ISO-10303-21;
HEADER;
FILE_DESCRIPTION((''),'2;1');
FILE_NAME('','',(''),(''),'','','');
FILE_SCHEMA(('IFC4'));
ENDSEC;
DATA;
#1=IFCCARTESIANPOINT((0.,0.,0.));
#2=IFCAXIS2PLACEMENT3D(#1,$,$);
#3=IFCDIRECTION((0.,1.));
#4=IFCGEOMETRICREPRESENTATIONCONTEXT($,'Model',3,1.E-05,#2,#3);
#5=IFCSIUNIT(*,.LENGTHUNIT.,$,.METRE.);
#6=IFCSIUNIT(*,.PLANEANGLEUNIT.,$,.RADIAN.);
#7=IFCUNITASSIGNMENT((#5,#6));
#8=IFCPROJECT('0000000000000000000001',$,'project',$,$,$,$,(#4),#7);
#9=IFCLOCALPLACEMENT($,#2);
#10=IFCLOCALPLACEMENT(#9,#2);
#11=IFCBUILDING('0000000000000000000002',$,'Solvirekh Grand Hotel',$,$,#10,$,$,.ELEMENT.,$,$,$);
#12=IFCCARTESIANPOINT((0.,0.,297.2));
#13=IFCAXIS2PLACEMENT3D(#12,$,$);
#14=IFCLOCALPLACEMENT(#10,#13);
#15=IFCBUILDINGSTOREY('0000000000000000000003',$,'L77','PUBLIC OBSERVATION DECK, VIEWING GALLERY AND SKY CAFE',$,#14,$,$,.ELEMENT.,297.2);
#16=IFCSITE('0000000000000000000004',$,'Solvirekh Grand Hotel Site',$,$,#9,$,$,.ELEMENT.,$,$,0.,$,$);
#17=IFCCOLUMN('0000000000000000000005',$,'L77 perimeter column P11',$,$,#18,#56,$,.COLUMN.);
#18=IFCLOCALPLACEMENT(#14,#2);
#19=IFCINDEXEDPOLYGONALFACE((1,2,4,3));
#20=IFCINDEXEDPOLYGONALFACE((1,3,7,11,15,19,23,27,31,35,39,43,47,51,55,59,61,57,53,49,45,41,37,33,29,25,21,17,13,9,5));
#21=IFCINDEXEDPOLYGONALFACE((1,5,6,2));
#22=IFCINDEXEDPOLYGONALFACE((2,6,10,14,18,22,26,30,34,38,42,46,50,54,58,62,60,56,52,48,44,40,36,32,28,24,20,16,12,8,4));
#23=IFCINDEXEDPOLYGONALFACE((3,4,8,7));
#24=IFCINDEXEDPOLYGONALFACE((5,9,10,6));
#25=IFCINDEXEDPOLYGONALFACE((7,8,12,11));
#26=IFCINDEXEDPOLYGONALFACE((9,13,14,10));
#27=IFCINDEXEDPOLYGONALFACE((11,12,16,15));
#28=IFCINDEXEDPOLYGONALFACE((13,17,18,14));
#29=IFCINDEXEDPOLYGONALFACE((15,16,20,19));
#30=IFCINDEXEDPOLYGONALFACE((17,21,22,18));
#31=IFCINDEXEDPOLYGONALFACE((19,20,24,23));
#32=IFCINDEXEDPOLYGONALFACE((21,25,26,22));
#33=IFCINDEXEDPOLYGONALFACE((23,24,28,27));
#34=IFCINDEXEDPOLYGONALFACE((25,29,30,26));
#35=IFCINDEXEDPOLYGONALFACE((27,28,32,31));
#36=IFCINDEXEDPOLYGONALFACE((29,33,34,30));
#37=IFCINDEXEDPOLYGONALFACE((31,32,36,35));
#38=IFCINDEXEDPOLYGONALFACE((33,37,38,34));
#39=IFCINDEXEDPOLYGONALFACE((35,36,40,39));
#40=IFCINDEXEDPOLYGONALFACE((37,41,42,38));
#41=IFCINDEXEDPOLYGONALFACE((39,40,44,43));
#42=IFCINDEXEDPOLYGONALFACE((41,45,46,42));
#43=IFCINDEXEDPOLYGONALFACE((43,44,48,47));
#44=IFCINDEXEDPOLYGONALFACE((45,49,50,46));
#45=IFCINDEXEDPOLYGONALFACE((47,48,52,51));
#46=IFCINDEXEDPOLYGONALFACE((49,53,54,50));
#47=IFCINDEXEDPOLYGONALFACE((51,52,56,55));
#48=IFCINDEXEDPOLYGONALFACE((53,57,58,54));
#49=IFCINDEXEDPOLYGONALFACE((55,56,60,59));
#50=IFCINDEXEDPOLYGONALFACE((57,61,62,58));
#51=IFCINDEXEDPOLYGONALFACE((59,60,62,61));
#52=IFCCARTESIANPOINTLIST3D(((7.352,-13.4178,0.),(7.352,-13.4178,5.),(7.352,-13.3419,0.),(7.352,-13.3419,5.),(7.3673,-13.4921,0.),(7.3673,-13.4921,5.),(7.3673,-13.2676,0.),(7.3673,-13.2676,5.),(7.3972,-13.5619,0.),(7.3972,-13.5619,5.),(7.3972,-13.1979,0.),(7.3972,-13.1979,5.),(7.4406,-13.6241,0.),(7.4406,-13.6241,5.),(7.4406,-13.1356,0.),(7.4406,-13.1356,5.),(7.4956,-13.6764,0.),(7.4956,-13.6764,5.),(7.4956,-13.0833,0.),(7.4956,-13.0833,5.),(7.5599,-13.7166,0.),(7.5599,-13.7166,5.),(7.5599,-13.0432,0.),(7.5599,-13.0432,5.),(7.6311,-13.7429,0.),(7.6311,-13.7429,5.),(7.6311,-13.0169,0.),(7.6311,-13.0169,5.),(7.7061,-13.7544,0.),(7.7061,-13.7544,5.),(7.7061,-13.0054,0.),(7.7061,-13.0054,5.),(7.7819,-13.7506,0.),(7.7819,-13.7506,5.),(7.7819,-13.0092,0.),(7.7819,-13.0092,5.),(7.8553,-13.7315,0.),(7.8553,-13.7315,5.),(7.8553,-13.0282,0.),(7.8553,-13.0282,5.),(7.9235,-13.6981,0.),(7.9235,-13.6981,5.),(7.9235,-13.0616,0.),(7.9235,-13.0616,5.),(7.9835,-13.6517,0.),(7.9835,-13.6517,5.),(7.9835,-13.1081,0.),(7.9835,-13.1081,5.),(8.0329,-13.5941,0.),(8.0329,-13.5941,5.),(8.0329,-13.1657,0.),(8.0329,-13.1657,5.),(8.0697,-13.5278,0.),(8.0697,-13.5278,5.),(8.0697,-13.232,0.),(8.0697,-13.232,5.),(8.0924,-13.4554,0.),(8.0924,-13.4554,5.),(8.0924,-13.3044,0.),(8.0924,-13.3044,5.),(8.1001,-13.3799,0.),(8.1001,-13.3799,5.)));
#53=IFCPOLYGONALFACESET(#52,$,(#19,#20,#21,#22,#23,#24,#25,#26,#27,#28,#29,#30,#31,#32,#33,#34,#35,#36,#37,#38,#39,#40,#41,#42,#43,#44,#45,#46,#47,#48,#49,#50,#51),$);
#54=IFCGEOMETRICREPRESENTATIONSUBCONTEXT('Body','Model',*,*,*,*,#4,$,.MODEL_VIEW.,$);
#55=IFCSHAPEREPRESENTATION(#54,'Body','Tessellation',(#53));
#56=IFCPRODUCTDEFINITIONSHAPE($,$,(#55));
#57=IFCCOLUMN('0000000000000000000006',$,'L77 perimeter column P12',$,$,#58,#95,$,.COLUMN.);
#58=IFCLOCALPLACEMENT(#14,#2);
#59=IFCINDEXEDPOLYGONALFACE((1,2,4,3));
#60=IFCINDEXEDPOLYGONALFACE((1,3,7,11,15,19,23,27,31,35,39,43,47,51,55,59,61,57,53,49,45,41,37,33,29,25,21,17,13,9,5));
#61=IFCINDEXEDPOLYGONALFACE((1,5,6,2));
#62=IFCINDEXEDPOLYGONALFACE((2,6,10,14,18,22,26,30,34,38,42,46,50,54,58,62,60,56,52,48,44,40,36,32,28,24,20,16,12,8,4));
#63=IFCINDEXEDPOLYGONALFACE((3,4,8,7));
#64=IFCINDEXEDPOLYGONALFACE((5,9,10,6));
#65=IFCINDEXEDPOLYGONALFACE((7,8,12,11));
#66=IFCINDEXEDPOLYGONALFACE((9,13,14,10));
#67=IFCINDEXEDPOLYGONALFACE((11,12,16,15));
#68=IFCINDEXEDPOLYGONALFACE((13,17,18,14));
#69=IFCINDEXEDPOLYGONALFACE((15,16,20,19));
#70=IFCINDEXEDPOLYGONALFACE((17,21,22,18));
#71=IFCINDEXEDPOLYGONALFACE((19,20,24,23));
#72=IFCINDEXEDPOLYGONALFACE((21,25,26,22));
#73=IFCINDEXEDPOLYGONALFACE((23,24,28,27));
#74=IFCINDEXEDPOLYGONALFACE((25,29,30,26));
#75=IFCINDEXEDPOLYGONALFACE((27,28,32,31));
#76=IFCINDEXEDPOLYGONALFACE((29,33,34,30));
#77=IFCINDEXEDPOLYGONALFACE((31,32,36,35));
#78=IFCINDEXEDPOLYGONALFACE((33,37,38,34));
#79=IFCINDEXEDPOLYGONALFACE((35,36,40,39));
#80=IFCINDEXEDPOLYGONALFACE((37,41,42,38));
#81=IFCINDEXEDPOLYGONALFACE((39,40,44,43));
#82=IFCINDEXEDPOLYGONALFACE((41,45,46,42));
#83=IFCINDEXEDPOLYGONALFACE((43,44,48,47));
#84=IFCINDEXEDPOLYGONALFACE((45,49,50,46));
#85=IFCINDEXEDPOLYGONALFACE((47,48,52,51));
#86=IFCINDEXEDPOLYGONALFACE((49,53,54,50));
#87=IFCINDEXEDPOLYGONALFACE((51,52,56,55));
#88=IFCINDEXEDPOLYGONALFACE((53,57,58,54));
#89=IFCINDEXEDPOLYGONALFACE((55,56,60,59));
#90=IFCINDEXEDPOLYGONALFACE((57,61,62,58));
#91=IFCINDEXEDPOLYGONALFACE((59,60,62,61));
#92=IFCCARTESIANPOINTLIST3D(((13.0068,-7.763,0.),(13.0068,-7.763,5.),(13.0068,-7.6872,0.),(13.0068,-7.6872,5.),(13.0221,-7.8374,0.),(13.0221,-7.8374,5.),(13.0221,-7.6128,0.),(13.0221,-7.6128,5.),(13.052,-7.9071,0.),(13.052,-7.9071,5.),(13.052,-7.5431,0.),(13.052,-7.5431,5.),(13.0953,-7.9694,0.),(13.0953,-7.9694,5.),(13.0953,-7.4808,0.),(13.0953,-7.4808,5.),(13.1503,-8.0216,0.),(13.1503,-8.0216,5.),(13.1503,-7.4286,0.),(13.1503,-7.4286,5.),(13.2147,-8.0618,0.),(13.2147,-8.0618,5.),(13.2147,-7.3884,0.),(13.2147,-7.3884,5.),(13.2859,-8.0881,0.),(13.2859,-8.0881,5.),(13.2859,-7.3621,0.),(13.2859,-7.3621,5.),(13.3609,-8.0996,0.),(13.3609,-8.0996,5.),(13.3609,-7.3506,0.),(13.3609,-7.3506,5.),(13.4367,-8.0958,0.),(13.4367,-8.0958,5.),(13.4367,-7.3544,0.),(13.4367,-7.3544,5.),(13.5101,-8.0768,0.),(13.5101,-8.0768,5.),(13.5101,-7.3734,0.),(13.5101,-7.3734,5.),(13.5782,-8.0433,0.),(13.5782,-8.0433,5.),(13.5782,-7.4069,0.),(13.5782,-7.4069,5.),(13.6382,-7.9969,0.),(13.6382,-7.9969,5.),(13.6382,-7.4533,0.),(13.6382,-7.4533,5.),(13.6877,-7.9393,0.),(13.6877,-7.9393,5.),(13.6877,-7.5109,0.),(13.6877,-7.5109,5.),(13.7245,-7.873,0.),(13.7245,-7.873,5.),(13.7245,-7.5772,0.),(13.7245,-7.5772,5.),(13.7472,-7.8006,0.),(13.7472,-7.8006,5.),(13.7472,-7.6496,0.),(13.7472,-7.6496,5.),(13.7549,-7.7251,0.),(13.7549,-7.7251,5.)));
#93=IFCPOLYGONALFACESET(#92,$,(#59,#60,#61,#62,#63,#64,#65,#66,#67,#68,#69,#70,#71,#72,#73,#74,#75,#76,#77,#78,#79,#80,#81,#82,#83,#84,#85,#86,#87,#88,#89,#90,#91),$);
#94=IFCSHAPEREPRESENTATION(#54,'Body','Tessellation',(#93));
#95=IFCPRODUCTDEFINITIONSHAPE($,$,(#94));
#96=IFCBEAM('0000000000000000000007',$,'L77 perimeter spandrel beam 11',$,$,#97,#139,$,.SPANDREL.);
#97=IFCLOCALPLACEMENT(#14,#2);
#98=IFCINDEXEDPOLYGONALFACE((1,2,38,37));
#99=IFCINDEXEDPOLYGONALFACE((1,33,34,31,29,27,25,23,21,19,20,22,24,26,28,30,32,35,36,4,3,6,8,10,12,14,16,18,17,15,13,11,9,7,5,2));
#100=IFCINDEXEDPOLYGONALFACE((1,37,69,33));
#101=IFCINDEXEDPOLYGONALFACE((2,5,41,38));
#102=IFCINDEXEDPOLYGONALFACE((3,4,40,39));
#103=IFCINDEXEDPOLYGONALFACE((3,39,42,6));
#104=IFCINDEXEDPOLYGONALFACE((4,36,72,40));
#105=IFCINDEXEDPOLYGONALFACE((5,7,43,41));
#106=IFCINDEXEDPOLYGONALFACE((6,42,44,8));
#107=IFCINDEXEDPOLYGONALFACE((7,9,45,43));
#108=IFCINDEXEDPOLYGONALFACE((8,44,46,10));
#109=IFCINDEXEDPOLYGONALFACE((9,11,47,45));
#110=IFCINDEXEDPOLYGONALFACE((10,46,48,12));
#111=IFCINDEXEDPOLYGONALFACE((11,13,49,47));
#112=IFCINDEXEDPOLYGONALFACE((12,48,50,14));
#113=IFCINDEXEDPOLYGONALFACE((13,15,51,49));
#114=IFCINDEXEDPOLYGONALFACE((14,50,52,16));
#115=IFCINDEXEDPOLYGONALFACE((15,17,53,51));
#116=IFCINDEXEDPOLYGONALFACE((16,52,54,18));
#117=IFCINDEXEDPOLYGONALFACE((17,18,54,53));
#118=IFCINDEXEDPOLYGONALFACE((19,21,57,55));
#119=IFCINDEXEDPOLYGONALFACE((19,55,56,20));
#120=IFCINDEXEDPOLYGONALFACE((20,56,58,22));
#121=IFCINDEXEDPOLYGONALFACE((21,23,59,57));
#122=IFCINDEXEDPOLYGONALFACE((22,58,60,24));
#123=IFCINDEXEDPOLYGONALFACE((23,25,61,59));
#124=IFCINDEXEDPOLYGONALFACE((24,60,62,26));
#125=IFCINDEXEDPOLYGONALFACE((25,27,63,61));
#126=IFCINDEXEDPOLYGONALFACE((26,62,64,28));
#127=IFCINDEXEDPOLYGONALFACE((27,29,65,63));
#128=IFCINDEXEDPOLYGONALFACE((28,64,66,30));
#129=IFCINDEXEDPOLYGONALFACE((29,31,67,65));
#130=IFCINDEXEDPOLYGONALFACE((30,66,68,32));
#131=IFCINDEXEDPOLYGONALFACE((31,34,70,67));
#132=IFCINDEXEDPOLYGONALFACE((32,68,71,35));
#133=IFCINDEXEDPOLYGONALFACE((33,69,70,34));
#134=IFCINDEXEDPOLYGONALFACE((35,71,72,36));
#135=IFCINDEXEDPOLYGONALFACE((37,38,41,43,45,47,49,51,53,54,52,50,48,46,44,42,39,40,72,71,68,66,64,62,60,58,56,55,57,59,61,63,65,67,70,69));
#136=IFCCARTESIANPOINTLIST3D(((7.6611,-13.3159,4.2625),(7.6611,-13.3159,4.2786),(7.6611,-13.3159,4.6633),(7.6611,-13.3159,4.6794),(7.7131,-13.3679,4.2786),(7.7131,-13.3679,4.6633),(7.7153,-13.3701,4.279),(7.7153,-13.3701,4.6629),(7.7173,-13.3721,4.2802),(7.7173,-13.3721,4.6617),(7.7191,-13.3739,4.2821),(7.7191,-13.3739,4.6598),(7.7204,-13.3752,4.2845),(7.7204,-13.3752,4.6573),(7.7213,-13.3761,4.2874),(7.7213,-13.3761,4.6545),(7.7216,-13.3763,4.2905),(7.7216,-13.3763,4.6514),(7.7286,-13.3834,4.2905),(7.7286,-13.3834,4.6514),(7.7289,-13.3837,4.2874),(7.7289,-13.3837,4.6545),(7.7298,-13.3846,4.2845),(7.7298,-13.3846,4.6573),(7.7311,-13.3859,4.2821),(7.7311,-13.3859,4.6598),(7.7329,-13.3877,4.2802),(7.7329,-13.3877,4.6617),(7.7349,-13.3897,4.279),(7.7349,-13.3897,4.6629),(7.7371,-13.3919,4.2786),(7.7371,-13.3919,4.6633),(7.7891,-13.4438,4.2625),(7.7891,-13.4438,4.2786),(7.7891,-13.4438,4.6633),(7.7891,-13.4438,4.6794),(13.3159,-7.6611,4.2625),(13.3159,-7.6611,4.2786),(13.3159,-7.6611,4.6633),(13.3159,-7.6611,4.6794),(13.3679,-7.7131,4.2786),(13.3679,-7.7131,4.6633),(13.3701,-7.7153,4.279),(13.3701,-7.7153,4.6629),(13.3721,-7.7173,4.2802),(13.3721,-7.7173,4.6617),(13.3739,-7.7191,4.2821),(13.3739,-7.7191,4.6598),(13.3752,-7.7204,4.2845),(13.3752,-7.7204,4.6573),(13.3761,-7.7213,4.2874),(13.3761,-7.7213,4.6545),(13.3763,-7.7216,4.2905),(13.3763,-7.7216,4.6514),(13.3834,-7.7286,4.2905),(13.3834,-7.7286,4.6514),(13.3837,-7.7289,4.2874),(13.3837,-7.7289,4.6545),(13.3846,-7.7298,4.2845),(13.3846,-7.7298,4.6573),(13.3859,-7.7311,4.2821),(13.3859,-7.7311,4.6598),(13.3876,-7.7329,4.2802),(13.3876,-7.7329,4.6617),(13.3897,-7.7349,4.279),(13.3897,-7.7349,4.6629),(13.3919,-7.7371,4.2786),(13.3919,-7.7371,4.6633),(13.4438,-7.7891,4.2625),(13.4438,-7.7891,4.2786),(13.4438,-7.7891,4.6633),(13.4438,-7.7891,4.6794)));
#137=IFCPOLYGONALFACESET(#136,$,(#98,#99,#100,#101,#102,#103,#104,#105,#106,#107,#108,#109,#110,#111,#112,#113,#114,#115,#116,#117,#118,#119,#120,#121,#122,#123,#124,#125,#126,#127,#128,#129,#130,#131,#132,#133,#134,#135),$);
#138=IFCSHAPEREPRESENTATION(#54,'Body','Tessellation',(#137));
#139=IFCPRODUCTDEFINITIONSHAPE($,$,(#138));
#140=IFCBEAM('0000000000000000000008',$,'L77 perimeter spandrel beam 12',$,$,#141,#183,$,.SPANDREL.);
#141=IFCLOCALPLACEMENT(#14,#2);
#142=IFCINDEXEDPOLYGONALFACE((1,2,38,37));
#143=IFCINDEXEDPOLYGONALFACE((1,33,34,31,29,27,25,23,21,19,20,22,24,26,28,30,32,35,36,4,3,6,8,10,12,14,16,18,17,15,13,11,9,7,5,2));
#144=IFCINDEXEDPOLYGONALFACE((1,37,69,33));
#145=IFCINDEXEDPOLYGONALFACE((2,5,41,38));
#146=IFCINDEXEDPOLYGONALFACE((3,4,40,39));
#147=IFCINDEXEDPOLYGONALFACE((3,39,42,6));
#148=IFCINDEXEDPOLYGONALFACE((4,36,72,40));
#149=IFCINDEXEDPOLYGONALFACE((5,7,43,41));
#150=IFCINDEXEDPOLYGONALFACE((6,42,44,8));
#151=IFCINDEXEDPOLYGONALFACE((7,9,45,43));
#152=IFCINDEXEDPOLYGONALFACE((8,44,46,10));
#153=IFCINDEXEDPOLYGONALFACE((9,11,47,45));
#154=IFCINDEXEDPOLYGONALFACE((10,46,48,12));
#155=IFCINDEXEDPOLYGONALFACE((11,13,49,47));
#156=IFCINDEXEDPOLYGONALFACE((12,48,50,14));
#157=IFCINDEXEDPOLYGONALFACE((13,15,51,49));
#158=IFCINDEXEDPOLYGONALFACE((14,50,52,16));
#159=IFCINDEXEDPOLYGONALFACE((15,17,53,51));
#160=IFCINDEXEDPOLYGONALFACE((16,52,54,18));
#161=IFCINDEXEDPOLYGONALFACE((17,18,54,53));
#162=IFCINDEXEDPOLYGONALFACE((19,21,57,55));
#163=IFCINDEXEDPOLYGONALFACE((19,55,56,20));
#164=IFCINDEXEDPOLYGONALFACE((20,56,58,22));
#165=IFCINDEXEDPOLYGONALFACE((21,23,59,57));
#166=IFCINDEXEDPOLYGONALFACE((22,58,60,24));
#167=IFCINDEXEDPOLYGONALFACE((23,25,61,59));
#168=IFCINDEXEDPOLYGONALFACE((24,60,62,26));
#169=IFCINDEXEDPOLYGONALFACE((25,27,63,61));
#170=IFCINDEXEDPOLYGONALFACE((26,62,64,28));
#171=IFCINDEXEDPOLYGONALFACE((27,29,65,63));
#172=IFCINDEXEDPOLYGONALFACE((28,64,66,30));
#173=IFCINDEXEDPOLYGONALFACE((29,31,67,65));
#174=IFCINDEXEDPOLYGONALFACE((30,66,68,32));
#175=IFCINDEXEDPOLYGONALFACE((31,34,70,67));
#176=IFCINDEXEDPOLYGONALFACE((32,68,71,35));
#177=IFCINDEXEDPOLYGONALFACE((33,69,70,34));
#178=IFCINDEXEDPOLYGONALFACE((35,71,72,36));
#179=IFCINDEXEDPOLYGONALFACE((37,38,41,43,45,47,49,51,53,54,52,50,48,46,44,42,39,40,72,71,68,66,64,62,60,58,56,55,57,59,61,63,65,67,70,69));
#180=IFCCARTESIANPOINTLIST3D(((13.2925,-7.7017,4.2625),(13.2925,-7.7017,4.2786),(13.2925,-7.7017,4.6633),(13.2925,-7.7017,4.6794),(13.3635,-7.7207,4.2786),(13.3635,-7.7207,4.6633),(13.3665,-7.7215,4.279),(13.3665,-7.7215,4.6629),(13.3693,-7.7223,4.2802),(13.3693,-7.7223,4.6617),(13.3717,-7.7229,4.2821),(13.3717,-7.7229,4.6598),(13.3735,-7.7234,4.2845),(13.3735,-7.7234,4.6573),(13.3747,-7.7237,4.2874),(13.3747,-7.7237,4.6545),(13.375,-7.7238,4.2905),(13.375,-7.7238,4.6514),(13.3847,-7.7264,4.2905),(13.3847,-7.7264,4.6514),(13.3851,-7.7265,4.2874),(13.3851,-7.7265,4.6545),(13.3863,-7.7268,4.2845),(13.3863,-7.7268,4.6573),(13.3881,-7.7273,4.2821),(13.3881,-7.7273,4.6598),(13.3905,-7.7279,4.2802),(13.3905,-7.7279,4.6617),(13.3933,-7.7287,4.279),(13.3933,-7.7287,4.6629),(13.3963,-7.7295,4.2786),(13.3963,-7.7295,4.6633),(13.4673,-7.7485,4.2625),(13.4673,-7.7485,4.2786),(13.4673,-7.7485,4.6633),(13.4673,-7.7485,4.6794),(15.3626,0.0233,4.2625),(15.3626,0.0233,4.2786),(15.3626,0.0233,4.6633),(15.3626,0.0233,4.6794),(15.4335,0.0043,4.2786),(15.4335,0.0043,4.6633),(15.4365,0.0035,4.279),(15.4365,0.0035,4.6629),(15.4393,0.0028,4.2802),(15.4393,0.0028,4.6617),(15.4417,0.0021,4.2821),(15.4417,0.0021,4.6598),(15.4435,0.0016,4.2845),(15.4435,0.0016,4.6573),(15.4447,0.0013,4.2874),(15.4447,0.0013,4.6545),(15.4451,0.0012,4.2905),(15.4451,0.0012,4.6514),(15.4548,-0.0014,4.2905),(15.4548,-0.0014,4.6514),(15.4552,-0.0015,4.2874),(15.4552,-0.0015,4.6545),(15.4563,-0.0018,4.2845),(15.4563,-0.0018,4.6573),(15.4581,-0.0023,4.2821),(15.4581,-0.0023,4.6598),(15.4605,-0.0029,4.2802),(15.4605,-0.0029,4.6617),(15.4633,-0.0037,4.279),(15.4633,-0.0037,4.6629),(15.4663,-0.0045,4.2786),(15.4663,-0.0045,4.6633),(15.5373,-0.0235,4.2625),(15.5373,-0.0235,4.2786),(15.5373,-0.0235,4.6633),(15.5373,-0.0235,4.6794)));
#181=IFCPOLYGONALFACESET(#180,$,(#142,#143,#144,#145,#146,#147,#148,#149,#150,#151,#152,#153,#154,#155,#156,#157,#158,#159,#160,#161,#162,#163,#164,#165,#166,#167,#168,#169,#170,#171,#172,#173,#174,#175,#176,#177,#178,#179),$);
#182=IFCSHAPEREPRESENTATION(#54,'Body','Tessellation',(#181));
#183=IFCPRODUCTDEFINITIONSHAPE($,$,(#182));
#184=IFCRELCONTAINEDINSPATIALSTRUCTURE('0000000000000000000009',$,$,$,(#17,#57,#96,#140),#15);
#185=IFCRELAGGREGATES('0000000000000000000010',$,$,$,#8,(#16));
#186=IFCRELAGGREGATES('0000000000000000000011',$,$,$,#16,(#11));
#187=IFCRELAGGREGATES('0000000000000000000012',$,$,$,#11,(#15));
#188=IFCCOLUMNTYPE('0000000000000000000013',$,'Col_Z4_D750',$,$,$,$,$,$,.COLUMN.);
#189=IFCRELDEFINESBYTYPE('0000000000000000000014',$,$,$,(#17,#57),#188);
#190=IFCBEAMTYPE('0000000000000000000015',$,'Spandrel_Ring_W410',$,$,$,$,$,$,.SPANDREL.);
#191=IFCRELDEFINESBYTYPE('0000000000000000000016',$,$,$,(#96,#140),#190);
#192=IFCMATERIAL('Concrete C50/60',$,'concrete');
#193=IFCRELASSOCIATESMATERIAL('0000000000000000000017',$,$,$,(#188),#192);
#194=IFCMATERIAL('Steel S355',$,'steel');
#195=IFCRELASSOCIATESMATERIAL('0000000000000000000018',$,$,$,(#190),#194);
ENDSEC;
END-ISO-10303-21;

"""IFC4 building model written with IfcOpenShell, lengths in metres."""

from ifc_helpers import new_model, si_unit, direction, frame, origin, origin_2d, place, context, subcontext, project, spatial, circle, i_section, extrude, material, material_profile, profile_set, type_object, element, save


model = new_model("IFC4")

# Units and contexts
model_context = context("Model", 3, precision=1e-05, world=origin(), true_north=direction((0.0, 1.0)))
body_context = subcontext(model_context, "Body", "Model", "MODEL_VIEW")
ifc_project = project(units=[si_unit("LENGTHUNIT", "METRE"), si_unit("PLANEANGLEUNIT", "RADIAN")], contexts=[model_context])

# Site, building, storey
site_placement = place(None, origin())
site = spatial("IfcSite", under=ifc_project, at=site_placement, Name="Solvirekh Grand Hotel Site", CompositionType="ELEMENT", RefElevation=0.0)
building_placement = place(site_placement, origin())
building = spatial("IfcBuilding", under=site, at=building_placement, Name="Solvirekh Grand Hotel", CompositionType="ELEMENT")
storey_placement = place(building_placement, frame((0.0, 0.0, 297.2)))
storey = spatial("IfcBuildingStorey", under=building, at=storey_placement, Name="L77", Description="PUBLIC OBSERVATION DECK, VIEWING GALLERY AND SKY CAFE", CompositionType="ELEMENT", Elevation=297.2)

# Columns
ifc_material_1 = material(Name="Concrete C50/60", Category="concrete")
ifc_material_profile_1 = material_profile(ifc_material_1, circle(Radius=0.375, at=origin_2d()), Name="RC CIRC D750")
ifc_profile_set_1 = profile_set([ifc_material_profile_1], Name="Concrete C50/60")
column_type = type_object("IfcColumnType", Name="Col_Z4_D750", PredefinedType="COLUMN", material=ifc_profile_set_1)
for number, where, z_axis, x_axis, name in (
    (1, (7.7251, -13.3799, 0.0), (0.0, 0.0, 1.0), (1.0, 0.0, 0.0), "L77 perimeter column P11"),
    (2, (13.3799, -7.7251, 0.0), (0.0, 0.0, 1.0), (1.0, 0.0, 0.0), "L77 perimeter column P12"),
):
    element("IfcColumn", number, at=place(storey_placement, frame(where, z_axis=z_axis, x_axis=x_axis)), inside=storey, type_object=column_type, Name=name, PredefinedType="COLUMN", context=body_context, shape_type="SweptSolid", body=[
        extrude(circle(Radius=0.375, at=origin_2d()), origin(), (0.0, 0.0, 1.0), 5.0),
    ])

# Beams
ifc_material_2 = material(Name="Steel S355", Category="steel")
ifc_material_profile_2 = material_profile(ifc_material_2, i_section(OverallWidth=0.1809, OverallDepth=0.417, WebThickness=0.01, FlangeThickness=0.0161, FilletRadius=0.012, at=origin_2d()), Name="W410X85")
ifc_profile_set_2 = profile_set([ifc_material_profile_2], Name="Steel S355")
beam_type = type_object("IfcBeamType", Name="Spandrel_Ring_W410", PredefinedType="SPANDREL", material=ifc_profile_set_2)
beam_1_placement = place(storey_placement, frame((7.7251, -13.3799, 4.4709), z_axis=(0.707107, 0.707107, 0.0), x_axis=(-0.707107, 0.707107, 0.0)))
element("IfcBeam", 3, at=beam_1_placement, inside=storey, type_object=beam_type, Name="L77 perimeter spandrel beam 11", PredefinedType="SPANDREL", context=body_context, shape_type="SweptSolid", body=[
    extrude(i_section(OverallWidth=0.1809, OverallDepth=0.417, WebThickness=0.01, FlangeThickness=0.0161, FilletRadius=0.012, at=origin_2d()), origin(), (0.0, 0.0, 1.0), 7.9971),
])
beam_2_placement = place(storey_placement, frame((13.3799, -7.7251, 4.4709), z_axis=(0.258835, 0.965922, 0.0), x_axis=(-0.965922, 0.258835, 0.0)))
element("IfcBeam", 4, at=beam_2_placement, inside=storey, type_object=beam_type, Name="L77 perimeter spandrel beam 12", PredefinedType="SPANDREL", context=body_context, shape_type="SweptSolid", body=[
    extrude(i_section(OverallWidth=0.1809, OverallDepth=0.417, WebThickness=0.01, FlangeThickness=0.0161, FilletRadius=0.012, at=origin_2d()), origin(), (0.0, 0.0, 1.0), 7.9976),
])

save(model, "model.ifc")
